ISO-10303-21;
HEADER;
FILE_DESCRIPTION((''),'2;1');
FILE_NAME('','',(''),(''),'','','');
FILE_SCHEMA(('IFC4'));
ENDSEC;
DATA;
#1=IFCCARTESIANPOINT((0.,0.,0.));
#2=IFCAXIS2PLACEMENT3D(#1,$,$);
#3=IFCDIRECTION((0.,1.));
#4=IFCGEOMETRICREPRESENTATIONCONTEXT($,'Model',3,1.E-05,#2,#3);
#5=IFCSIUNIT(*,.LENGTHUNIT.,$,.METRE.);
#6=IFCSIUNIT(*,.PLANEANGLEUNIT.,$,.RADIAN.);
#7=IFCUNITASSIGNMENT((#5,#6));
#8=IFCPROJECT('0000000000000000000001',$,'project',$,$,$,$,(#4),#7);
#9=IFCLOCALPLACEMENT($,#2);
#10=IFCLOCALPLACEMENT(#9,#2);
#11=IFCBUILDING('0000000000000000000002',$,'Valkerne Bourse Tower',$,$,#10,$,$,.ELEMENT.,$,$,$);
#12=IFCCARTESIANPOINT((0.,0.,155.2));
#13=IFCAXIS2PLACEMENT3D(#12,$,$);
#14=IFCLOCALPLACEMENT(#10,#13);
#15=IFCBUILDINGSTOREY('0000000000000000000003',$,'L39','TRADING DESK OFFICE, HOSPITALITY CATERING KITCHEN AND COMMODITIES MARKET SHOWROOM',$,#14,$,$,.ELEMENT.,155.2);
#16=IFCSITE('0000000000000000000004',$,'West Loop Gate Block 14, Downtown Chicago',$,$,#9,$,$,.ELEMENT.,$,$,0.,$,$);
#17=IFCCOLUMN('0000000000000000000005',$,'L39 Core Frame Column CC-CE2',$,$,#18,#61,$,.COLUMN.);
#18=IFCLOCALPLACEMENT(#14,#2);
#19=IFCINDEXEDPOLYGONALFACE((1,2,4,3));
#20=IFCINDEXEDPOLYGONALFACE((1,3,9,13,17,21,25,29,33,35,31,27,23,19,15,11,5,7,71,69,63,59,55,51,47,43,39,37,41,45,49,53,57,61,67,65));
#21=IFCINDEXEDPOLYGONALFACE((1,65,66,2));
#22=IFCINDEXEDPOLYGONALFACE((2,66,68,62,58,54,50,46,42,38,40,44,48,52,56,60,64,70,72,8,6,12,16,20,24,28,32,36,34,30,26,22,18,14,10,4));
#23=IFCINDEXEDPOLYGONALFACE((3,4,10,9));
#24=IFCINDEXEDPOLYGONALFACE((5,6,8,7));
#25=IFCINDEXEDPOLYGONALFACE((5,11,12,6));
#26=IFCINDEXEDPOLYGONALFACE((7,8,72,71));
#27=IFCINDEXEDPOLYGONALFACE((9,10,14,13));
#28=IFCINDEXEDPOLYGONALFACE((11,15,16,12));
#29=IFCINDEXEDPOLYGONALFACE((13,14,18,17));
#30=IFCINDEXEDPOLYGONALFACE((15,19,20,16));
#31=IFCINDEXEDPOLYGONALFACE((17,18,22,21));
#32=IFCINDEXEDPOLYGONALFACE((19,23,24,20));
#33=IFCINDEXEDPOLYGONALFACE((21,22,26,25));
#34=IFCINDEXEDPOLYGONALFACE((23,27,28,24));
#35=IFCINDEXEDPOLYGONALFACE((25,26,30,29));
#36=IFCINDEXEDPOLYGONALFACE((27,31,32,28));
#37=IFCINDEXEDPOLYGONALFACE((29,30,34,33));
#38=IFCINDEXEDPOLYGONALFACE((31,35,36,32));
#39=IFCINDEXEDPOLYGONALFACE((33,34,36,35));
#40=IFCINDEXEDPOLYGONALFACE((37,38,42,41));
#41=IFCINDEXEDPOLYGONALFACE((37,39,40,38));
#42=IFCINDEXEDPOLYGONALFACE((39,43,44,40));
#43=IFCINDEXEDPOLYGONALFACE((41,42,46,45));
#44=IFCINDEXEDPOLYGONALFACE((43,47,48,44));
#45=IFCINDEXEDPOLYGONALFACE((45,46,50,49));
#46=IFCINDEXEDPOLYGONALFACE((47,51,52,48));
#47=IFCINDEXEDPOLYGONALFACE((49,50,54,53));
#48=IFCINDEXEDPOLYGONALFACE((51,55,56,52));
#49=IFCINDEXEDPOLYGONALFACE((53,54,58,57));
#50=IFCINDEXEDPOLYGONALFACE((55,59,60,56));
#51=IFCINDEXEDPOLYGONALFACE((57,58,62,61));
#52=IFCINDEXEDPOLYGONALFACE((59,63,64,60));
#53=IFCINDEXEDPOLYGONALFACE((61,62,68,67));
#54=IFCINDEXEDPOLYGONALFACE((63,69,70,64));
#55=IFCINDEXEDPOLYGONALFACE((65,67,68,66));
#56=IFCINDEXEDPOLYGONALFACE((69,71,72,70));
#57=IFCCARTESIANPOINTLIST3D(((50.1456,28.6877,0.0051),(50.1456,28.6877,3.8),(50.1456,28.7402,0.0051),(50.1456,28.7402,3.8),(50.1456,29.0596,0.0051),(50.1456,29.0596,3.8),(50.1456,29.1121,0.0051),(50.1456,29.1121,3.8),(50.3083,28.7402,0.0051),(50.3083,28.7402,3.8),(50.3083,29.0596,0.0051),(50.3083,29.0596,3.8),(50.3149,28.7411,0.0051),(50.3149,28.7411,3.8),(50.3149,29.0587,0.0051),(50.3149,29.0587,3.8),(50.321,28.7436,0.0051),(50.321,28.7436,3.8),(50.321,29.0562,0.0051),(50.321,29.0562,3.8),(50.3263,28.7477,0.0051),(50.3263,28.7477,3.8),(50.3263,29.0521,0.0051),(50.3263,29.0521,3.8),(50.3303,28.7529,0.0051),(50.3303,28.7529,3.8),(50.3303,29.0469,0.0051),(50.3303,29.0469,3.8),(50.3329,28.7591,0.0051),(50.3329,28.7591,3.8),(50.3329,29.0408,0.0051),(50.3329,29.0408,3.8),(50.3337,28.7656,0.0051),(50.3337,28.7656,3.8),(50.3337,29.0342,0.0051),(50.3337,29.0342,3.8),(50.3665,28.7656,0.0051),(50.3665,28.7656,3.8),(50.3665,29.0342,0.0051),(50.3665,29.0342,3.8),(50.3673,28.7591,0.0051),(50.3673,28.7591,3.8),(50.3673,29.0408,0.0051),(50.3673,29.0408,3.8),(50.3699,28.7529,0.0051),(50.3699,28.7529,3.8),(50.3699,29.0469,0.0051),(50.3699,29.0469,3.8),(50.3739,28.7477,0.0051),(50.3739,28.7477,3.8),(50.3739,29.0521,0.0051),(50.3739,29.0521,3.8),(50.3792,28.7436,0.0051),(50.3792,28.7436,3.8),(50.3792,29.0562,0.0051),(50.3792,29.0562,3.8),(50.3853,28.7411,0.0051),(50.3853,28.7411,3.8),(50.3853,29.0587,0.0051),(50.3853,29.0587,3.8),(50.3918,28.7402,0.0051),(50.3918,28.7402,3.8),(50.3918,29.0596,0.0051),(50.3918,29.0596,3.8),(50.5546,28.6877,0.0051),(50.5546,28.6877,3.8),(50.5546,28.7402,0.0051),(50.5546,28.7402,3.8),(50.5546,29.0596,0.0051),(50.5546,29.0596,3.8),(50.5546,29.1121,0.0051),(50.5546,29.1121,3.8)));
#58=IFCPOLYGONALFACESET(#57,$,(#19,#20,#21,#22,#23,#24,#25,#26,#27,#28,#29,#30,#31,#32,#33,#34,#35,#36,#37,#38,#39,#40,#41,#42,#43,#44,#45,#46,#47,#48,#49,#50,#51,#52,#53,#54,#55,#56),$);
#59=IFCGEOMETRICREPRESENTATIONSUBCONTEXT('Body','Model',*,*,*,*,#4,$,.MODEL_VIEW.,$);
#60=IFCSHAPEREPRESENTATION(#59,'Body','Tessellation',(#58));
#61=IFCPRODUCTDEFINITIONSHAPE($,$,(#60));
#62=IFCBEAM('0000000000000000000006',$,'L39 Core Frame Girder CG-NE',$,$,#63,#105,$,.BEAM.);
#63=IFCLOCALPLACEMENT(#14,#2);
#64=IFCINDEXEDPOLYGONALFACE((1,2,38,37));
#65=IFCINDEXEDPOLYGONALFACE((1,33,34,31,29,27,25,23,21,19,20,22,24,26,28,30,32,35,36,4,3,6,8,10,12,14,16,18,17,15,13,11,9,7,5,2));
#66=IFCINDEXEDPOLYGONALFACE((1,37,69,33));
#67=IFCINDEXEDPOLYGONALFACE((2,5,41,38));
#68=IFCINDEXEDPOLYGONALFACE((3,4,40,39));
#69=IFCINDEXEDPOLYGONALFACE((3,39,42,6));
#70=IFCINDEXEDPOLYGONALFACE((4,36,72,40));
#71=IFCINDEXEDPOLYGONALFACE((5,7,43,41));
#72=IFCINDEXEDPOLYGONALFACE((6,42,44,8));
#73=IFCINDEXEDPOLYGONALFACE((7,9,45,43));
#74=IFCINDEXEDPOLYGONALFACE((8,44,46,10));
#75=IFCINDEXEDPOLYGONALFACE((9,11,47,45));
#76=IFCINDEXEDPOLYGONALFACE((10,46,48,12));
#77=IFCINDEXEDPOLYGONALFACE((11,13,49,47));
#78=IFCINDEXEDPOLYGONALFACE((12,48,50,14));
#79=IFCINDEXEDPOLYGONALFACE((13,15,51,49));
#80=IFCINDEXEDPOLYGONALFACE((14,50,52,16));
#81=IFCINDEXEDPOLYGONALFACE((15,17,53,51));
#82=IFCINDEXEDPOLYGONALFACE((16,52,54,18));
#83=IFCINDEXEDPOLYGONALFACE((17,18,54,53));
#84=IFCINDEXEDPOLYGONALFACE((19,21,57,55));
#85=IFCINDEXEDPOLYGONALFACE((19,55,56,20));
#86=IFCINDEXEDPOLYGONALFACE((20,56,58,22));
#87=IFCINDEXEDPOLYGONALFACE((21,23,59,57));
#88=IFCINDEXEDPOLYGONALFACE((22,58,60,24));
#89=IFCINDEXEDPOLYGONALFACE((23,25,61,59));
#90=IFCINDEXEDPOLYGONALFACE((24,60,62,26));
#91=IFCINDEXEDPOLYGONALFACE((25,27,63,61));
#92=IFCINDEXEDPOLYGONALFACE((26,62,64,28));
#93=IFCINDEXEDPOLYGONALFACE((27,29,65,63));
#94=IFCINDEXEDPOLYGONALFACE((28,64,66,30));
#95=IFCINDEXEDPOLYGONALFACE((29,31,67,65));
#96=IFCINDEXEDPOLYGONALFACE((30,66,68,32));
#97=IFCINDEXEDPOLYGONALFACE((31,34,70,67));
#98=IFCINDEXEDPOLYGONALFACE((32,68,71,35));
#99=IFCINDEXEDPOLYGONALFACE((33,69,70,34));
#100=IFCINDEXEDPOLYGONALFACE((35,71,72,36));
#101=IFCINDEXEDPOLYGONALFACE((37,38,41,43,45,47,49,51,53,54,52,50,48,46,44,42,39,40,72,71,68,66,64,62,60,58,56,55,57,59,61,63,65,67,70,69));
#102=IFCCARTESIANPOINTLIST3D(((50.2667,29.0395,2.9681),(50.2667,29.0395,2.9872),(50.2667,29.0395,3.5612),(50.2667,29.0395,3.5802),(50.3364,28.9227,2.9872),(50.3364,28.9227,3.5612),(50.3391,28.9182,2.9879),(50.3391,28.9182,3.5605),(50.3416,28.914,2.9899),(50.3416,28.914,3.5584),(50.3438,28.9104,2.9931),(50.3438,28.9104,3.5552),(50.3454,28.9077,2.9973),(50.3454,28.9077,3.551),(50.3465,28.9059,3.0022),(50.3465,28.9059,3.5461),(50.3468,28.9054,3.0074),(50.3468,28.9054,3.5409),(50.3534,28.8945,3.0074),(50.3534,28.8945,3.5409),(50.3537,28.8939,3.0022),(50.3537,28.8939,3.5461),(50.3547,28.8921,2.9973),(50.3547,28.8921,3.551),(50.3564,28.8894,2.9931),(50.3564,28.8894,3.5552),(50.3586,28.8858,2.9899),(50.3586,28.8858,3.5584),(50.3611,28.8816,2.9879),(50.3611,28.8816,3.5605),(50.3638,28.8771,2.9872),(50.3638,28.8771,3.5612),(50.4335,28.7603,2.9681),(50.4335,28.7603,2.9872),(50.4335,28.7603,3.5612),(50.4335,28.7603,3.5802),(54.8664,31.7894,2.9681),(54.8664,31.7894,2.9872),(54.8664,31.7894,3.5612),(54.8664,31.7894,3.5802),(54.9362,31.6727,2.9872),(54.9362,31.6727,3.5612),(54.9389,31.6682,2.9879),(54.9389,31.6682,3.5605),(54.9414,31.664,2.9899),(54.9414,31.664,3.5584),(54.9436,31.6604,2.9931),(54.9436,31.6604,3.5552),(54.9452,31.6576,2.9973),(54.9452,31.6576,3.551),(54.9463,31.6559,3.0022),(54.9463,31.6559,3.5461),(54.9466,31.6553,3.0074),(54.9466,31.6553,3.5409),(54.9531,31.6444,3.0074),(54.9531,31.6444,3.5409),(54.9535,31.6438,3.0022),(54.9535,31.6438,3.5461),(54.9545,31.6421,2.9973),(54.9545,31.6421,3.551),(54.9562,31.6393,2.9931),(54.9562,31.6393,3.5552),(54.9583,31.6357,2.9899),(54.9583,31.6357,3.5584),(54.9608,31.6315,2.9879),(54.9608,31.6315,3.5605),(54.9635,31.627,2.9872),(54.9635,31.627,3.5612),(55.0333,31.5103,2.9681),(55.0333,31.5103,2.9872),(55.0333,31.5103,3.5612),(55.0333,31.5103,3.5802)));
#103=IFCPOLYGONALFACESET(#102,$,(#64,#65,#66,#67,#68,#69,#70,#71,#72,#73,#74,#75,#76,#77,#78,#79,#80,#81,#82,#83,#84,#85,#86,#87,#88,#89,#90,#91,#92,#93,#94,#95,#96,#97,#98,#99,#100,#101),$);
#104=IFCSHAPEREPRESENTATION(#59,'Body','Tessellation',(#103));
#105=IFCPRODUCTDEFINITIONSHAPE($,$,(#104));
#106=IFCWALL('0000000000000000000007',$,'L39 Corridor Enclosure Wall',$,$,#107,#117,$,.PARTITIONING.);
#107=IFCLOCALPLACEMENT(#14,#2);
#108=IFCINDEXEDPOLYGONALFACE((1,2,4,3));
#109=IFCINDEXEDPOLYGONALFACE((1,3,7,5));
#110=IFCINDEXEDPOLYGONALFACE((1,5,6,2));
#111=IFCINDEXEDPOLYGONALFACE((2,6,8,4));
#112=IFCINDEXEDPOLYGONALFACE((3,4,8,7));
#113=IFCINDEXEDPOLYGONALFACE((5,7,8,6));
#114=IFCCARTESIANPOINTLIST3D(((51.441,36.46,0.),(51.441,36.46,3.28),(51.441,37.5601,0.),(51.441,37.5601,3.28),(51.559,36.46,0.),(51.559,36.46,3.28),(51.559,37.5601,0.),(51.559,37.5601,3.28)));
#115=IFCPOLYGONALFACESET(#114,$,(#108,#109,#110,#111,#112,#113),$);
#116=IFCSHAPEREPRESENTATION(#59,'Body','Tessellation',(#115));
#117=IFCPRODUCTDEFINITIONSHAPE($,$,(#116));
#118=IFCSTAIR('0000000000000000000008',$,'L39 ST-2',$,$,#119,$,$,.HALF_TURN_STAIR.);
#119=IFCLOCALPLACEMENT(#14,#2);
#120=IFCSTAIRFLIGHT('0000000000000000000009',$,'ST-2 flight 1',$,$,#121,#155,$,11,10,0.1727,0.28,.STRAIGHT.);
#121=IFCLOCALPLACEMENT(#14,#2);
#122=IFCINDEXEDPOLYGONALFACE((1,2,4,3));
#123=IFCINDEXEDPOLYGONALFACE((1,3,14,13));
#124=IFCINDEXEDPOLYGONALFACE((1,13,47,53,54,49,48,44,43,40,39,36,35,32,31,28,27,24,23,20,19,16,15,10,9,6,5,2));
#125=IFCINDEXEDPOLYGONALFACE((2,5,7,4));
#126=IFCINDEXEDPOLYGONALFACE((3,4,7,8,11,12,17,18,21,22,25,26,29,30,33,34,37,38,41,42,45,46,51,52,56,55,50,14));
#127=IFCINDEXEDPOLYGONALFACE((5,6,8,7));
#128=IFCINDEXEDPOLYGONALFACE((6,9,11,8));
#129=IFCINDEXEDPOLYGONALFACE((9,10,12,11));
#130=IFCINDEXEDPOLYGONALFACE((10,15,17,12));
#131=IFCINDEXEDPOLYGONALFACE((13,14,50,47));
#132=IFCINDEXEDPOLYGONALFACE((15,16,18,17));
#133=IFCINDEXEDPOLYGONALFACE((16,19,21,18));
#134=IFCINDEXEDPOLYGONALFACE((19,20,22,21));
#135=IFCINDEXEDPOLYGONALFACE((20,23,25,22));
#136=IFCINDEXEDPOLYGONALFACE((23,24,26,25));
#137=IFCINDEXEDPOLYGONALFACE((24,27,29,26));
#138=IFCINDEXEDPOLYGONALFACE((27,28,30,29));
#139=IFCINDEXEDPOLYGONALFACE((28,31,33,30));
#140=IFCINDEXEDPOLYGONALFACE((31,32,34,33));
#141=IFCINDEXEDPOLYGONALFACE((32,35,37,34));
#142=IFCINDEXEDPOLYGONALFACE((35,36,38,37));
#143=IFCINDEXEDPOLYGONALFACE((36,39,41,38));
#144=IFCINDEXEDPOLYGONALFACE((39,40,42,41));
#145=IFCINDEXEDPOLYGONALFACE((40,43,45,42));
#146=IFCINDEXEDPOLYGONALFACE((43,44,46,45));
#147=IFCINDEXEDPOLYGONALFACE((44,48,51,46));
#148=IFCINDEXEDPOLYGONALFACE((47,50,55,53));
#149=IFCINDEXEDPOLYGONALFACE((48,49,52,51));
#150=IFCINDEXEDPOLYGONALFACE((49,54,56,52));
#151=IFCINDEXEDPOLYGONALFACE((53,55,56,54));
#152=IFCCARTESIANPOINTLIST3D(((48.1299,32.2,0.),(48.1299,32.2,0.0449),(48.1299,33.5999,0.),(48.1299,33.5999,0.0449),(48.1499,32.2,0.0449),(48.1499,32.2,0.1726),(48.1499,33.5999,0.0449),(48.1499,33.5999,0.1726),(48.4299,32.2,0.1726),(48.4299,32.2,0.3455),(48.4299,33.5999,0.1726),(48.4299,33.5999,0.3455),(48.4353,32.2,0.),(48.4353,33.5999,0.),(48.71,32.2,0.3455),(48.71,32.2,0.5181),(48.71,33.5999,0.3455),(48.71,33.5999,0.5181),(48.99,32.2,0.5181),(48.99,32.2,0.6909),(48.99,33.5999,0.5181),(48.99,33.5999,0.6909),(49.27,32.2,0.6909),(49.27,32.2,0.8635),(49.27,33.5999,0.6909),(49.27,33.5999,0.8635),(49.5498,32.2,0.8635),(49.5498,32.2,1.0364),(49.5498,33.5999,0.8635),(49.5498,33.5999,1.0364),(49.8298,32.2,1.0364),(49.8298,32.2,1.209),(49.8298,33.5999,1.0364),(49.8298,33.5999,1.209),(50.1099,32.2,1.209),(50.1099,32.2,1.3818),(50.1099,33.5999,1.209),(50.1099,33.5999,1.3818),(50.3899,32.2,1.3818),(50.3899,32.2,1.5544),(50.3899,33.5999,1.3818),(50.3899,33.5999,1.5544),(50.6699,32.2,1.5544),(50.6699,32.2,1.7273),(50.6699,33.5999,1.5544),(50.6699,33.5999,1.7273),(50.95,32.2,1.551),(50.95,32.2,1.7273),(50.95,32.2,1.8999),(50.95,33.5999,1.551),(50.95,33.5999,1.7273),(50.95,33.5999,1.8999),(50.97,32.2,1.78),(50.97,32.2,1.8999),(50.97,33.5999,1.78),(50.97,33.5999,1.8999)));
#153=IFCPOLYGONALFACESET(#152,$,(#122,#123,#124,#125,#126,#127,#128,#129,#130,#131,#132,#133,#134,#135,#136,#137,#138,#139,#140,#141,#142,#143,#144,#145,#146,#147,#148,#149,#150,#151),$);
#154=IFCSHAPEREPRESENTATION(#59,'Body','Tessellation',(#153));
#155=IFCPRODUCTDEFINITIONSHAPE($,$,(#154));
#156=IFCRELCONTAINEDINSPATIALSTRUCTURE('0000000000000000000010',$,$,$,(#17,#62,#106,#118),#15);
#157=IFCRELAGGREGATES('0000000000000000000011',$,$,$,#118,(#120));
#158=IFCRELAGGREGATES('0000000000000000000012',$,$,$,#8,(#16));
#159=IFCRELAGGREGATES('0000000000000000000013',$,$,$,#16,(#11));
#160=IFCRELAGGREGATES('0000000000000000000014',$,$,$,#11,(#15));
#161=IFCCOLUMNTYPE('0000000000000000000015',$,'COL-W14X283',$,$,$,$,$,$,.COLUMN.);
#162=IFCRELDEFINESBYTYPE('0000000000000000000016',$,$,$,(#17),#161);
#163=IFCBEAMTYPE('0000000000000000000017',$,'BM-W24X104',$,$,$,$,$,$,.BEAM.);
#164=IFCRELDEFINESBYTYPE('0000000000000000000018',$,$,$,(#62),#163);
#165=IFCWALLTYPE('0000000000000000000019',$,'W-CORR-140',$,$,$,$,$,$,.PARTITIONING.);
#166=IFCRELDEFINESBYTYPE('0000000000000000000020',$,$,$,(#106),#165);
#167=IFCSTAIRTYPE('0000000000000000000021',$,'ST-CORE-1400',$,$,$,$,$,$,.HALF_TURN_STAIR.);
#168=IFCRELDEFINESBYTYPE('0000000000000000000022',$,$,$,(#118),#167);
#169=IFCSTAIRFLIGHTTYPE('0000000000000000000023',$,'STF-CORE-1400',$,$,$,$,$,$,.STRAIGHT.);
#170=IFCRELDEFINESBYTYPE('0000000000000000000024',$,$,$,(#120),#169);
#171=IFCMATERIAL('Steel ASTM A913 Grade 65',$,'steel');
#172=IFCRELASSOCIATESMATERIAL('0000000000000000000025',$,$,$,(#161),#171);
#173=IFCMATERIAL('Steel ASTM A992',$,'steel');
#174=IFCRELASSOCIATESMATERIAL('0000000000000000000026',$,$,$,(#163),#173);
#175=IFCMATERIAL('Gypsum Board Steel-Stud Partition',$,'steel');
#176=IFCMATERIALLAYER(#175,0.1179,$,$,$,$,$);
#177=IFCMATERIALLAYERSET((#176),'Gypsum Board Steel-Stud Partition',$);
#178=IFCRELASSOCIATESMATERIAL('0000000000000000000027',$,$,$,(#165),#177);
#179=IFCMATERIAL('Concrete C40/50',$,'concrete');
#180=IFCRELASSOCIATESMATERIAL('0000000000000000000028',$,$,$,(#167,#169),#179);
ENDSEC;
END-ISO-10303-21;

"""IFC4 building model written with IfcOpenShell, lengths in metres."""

from ifc_helpers import new_model, si_unit, direction, frame, frame_2d, origin, origin_2d, place, context, subcontext, project, spatial, polyline, rectangle, i_section, outline, extrude, material, layer, layer_set, material_profile, profile_set, type_object, element, aggregate, save


model = new_model("IFC4")

# Units and contexts
model_context = context("Model", 3, precision=1e-05, world=origin(), true_north=direction((0.0, 1.0)))
body_context = subcontext(model_context, "Body", "Model", "MODEL_VIEW")
ifc_project = project(units=[si_unit("LENGTHUNIT", "METRE"), si_unit("PLANEANGLEUNIT", "RADIAN")], contexts=[model_context])

# Site, building, storey
site_placement = place(None, origin())
site = spatial("IfcSite", under=ifc_project, at=site_placement, Name="West Loop Gate Block 14, Downtown Chicago", CompositionType="ELEMENT", RefElevation=0.0)
building_placement = place(site_placement, origin())
building = spatial("IfcBuilding", under=site, at=building_placement, Name="Valkerne Bourse Tower", CompositionType="ELEMENT")
storey_placement = place(building_placement, frame((0.0, 0.0, 155.2)))
storey = spatial("IfcBuildingStorey", under=building, at=storey_placement, Name="L39", Description="TRADING DESK OFFICE, HOSPITALITY CATERING KITCHEN AND COMMODITIES MARKET SHOWROOM", CompositionType="ELEMENT", Elevation=155.2)

# Column
ifc_material_1 = material(Name="Steel ASTM A913 Grade 65", Category="steel")
ifc_material_profile_1 = material_profile(ifc_material_1, i_section(OverallWidth=0.4089, OverallDepth=0.4243, WebThickness=0.0327, FlangeThickness=0.0525, FilletRadius=0.0254, at=origin_2d()), Name="W14X283")
ifc_profile_set_1 = profile_set([ifc_material_profile_1], Name="Steel ASTM A913 Grade 65")
column_type = type_object("IfcColumnType", Name="COL-W14X283", PredefinedType="COLUMN", material=ifc_profile_set_1)
column_placement = place(storey_placement, frame((50.3501, 28.8999, 0.0051), z_axis=(0.0, 0.0, 1.0), x_axis=(1.0, 0.0, 0.0)))
element("IfcColumn", 1, at=column_placement, inside=storey, type_object=column_type, Name="L39 Core Frame Column CC-CE2", PredefinedType="COLUMN", context=body_context, shape_type="SweptSolid", body=[
    extrude(i_section(OverallWidth=0.4089, OverallDepth=0.4243, WebThickness=0.0327, FlangeThickness=0.0525, FilletRadius=0.0254, at=origin_2d()), origin(), (0.0, 0.0, 1.0), 3.7949),
])

# Beam
ifc_material_2 = material(Name="Steel ASTM A992", Category="steel")
ifc_material_profile_2 = material_profile(ifc_material_2, i_section(OverallWidth=0.3252, OverallDepth=0.6121, WebThickness=0.0127, FlangeThickness=0.019, FilletRadius=0.0203, at=origin_2d()), Name="W24X104")
ifc_profile_set_2 = profile_set([ifc_material_profile_2], Name="Steel ASTM A992")
beam_type = type_object("IfcBeamType", Name="BM-W24X104", PredefinedType="BEAM", material=ifc_profile_set_2)
beam_placement = place(storey_placement, frame((50.3501, 28.8999, 3.2742), z_axis=(0.858308, 0.513135, 0.0), x_axis=(-0.513135, 0.858308, 0.0)))
element("IfcBeam", 2, at=beam_placement, inside=storey, type_object=beam_type, Name="L39 Core Frame Girder CG-NE", PredefinedType="BEAM", context=body_context, shape_type="SweptSolid", body=[
    extrude(i_section(OverallWidth=0.3252, OverallDepth=0.6121, WebThickness=0.0127, FlangeThickness=0.019, FilletRadius=0.0203, at=origin_2d()), origin(), (0.0, 0.0, 1.0), 5.3591),
])

# Wall
ifc_material_3 = material(Name="Gypsum Board Steel-Stud Partition", Category="steel")
ifc_layer_1 = layer(ifc_material_3, 0.1179)
ifc_layer_set_1 = layer_set([ifc_layer_1], Name="Gypsum Board Steel-Stud Partition")
wall_type_1 = type_object("IfcWallType", Name="W-CORR-140", PredefinedType="PARTITIONING", material=ifc_layer_set_1)
wall_1_placement = place(storey_placement, frame((51.5, 37.5601, 0.0), z_axis=(0.0, 0.0, 1.0), x_axis=(0.0, -1.0, 0.0)))
element("IfcWall", 3, at=wall_1_placement, inside=storey, type_object=wall_type_1, Name="L39 Corridor Enclosure Wall", PredefinedType="PARTITIONING", context=body_context, shape_type="SweptSolid", body=[
    extrude(rectangle(XDim=1.1001, YDim=0.1179, at=frame_2d((0.55, 0.0))), origin(), (0.0, 0.0, 1.0), 3.28),
])

# Stair, stair flight
ifc_material_4 = material(Name="Concrete C40/50", Category="concrete")
stair_type = type_object("IfcStairType", Name="ST-CORE-1400", PredefinedType="HALF_TURN_STAIR", material=ifc_material_4)
stair_placement = place(storey_placement, origin())
stair = element("IfcStair", 4, at=stair_placement, inside=storey, type_object=stair_type, Name="L39 ST-2", PredefinedType="HALF_TURN_STAIR")
stair_flight_type = type_object("IfcStairFlightType", Name="STF-CORE-1400", PredefinedType="STRAIGHT", material=ifc_material_4)
stair_flight_1_placement = place(storey_placement, frame((48.1499, 32.8999, 0.0), z_axis=(0.0, 0.0, 1.0), x_axis=(1.0, 0.0, 0.0)))
stair_flight_1 = element("IfcStairFlight", 5, at=stair_flight_1_placement, type_object=stair_flight_type, Name="ST-2 flight 1", NumberOfRisers=11, NumberOfTreads=10, PredefinedType="STRAIGHT", RiserHeight=0.1727, TreadLength=0.28, context=body_context, shape_type="SweptSolid", body=[
    extrude(outline(polyline([(-0.02, 0.0), (-0.02, 0.0449), (0.0, 0.0449), (0.0, 0.1726), (0.28, 0.1726), (0.28, 0.3455), (0.5601, 0.3455), (0.5601, 0.5181), (0.8401, 0.5181), (0.8401, 0.6909), (1.1201, 0.6909), (1.1201, 0.8635), (1.3999, 0.8635), (1.3999, 1.0364), (1.6799, 1.0364), (1.6799, 1.209), (1.96, 1.209), (1.96, 1.3818), (2.24, 1.3818), (2.24, 1.5544), (2.52, 1.5544), (2.52, 1.7273), (2.8, 1.7273), (2.8, 1.8999), (2.8201, 1.8999), (2.8201, 1.78), (2.8, 1.551), (0.2854, 0.0), (-0.02, 0.0)])), frame((0.0, 0.7, 0.0), z_axis=(0.0, -1.0, 0.0), x_axis=(1.0, 0.0, 0.0)), (0.0, 0.0, 1.0), 1.3999),
])
aggregate(stair, [stair_flight_1])

save(model, "model.ifc")
